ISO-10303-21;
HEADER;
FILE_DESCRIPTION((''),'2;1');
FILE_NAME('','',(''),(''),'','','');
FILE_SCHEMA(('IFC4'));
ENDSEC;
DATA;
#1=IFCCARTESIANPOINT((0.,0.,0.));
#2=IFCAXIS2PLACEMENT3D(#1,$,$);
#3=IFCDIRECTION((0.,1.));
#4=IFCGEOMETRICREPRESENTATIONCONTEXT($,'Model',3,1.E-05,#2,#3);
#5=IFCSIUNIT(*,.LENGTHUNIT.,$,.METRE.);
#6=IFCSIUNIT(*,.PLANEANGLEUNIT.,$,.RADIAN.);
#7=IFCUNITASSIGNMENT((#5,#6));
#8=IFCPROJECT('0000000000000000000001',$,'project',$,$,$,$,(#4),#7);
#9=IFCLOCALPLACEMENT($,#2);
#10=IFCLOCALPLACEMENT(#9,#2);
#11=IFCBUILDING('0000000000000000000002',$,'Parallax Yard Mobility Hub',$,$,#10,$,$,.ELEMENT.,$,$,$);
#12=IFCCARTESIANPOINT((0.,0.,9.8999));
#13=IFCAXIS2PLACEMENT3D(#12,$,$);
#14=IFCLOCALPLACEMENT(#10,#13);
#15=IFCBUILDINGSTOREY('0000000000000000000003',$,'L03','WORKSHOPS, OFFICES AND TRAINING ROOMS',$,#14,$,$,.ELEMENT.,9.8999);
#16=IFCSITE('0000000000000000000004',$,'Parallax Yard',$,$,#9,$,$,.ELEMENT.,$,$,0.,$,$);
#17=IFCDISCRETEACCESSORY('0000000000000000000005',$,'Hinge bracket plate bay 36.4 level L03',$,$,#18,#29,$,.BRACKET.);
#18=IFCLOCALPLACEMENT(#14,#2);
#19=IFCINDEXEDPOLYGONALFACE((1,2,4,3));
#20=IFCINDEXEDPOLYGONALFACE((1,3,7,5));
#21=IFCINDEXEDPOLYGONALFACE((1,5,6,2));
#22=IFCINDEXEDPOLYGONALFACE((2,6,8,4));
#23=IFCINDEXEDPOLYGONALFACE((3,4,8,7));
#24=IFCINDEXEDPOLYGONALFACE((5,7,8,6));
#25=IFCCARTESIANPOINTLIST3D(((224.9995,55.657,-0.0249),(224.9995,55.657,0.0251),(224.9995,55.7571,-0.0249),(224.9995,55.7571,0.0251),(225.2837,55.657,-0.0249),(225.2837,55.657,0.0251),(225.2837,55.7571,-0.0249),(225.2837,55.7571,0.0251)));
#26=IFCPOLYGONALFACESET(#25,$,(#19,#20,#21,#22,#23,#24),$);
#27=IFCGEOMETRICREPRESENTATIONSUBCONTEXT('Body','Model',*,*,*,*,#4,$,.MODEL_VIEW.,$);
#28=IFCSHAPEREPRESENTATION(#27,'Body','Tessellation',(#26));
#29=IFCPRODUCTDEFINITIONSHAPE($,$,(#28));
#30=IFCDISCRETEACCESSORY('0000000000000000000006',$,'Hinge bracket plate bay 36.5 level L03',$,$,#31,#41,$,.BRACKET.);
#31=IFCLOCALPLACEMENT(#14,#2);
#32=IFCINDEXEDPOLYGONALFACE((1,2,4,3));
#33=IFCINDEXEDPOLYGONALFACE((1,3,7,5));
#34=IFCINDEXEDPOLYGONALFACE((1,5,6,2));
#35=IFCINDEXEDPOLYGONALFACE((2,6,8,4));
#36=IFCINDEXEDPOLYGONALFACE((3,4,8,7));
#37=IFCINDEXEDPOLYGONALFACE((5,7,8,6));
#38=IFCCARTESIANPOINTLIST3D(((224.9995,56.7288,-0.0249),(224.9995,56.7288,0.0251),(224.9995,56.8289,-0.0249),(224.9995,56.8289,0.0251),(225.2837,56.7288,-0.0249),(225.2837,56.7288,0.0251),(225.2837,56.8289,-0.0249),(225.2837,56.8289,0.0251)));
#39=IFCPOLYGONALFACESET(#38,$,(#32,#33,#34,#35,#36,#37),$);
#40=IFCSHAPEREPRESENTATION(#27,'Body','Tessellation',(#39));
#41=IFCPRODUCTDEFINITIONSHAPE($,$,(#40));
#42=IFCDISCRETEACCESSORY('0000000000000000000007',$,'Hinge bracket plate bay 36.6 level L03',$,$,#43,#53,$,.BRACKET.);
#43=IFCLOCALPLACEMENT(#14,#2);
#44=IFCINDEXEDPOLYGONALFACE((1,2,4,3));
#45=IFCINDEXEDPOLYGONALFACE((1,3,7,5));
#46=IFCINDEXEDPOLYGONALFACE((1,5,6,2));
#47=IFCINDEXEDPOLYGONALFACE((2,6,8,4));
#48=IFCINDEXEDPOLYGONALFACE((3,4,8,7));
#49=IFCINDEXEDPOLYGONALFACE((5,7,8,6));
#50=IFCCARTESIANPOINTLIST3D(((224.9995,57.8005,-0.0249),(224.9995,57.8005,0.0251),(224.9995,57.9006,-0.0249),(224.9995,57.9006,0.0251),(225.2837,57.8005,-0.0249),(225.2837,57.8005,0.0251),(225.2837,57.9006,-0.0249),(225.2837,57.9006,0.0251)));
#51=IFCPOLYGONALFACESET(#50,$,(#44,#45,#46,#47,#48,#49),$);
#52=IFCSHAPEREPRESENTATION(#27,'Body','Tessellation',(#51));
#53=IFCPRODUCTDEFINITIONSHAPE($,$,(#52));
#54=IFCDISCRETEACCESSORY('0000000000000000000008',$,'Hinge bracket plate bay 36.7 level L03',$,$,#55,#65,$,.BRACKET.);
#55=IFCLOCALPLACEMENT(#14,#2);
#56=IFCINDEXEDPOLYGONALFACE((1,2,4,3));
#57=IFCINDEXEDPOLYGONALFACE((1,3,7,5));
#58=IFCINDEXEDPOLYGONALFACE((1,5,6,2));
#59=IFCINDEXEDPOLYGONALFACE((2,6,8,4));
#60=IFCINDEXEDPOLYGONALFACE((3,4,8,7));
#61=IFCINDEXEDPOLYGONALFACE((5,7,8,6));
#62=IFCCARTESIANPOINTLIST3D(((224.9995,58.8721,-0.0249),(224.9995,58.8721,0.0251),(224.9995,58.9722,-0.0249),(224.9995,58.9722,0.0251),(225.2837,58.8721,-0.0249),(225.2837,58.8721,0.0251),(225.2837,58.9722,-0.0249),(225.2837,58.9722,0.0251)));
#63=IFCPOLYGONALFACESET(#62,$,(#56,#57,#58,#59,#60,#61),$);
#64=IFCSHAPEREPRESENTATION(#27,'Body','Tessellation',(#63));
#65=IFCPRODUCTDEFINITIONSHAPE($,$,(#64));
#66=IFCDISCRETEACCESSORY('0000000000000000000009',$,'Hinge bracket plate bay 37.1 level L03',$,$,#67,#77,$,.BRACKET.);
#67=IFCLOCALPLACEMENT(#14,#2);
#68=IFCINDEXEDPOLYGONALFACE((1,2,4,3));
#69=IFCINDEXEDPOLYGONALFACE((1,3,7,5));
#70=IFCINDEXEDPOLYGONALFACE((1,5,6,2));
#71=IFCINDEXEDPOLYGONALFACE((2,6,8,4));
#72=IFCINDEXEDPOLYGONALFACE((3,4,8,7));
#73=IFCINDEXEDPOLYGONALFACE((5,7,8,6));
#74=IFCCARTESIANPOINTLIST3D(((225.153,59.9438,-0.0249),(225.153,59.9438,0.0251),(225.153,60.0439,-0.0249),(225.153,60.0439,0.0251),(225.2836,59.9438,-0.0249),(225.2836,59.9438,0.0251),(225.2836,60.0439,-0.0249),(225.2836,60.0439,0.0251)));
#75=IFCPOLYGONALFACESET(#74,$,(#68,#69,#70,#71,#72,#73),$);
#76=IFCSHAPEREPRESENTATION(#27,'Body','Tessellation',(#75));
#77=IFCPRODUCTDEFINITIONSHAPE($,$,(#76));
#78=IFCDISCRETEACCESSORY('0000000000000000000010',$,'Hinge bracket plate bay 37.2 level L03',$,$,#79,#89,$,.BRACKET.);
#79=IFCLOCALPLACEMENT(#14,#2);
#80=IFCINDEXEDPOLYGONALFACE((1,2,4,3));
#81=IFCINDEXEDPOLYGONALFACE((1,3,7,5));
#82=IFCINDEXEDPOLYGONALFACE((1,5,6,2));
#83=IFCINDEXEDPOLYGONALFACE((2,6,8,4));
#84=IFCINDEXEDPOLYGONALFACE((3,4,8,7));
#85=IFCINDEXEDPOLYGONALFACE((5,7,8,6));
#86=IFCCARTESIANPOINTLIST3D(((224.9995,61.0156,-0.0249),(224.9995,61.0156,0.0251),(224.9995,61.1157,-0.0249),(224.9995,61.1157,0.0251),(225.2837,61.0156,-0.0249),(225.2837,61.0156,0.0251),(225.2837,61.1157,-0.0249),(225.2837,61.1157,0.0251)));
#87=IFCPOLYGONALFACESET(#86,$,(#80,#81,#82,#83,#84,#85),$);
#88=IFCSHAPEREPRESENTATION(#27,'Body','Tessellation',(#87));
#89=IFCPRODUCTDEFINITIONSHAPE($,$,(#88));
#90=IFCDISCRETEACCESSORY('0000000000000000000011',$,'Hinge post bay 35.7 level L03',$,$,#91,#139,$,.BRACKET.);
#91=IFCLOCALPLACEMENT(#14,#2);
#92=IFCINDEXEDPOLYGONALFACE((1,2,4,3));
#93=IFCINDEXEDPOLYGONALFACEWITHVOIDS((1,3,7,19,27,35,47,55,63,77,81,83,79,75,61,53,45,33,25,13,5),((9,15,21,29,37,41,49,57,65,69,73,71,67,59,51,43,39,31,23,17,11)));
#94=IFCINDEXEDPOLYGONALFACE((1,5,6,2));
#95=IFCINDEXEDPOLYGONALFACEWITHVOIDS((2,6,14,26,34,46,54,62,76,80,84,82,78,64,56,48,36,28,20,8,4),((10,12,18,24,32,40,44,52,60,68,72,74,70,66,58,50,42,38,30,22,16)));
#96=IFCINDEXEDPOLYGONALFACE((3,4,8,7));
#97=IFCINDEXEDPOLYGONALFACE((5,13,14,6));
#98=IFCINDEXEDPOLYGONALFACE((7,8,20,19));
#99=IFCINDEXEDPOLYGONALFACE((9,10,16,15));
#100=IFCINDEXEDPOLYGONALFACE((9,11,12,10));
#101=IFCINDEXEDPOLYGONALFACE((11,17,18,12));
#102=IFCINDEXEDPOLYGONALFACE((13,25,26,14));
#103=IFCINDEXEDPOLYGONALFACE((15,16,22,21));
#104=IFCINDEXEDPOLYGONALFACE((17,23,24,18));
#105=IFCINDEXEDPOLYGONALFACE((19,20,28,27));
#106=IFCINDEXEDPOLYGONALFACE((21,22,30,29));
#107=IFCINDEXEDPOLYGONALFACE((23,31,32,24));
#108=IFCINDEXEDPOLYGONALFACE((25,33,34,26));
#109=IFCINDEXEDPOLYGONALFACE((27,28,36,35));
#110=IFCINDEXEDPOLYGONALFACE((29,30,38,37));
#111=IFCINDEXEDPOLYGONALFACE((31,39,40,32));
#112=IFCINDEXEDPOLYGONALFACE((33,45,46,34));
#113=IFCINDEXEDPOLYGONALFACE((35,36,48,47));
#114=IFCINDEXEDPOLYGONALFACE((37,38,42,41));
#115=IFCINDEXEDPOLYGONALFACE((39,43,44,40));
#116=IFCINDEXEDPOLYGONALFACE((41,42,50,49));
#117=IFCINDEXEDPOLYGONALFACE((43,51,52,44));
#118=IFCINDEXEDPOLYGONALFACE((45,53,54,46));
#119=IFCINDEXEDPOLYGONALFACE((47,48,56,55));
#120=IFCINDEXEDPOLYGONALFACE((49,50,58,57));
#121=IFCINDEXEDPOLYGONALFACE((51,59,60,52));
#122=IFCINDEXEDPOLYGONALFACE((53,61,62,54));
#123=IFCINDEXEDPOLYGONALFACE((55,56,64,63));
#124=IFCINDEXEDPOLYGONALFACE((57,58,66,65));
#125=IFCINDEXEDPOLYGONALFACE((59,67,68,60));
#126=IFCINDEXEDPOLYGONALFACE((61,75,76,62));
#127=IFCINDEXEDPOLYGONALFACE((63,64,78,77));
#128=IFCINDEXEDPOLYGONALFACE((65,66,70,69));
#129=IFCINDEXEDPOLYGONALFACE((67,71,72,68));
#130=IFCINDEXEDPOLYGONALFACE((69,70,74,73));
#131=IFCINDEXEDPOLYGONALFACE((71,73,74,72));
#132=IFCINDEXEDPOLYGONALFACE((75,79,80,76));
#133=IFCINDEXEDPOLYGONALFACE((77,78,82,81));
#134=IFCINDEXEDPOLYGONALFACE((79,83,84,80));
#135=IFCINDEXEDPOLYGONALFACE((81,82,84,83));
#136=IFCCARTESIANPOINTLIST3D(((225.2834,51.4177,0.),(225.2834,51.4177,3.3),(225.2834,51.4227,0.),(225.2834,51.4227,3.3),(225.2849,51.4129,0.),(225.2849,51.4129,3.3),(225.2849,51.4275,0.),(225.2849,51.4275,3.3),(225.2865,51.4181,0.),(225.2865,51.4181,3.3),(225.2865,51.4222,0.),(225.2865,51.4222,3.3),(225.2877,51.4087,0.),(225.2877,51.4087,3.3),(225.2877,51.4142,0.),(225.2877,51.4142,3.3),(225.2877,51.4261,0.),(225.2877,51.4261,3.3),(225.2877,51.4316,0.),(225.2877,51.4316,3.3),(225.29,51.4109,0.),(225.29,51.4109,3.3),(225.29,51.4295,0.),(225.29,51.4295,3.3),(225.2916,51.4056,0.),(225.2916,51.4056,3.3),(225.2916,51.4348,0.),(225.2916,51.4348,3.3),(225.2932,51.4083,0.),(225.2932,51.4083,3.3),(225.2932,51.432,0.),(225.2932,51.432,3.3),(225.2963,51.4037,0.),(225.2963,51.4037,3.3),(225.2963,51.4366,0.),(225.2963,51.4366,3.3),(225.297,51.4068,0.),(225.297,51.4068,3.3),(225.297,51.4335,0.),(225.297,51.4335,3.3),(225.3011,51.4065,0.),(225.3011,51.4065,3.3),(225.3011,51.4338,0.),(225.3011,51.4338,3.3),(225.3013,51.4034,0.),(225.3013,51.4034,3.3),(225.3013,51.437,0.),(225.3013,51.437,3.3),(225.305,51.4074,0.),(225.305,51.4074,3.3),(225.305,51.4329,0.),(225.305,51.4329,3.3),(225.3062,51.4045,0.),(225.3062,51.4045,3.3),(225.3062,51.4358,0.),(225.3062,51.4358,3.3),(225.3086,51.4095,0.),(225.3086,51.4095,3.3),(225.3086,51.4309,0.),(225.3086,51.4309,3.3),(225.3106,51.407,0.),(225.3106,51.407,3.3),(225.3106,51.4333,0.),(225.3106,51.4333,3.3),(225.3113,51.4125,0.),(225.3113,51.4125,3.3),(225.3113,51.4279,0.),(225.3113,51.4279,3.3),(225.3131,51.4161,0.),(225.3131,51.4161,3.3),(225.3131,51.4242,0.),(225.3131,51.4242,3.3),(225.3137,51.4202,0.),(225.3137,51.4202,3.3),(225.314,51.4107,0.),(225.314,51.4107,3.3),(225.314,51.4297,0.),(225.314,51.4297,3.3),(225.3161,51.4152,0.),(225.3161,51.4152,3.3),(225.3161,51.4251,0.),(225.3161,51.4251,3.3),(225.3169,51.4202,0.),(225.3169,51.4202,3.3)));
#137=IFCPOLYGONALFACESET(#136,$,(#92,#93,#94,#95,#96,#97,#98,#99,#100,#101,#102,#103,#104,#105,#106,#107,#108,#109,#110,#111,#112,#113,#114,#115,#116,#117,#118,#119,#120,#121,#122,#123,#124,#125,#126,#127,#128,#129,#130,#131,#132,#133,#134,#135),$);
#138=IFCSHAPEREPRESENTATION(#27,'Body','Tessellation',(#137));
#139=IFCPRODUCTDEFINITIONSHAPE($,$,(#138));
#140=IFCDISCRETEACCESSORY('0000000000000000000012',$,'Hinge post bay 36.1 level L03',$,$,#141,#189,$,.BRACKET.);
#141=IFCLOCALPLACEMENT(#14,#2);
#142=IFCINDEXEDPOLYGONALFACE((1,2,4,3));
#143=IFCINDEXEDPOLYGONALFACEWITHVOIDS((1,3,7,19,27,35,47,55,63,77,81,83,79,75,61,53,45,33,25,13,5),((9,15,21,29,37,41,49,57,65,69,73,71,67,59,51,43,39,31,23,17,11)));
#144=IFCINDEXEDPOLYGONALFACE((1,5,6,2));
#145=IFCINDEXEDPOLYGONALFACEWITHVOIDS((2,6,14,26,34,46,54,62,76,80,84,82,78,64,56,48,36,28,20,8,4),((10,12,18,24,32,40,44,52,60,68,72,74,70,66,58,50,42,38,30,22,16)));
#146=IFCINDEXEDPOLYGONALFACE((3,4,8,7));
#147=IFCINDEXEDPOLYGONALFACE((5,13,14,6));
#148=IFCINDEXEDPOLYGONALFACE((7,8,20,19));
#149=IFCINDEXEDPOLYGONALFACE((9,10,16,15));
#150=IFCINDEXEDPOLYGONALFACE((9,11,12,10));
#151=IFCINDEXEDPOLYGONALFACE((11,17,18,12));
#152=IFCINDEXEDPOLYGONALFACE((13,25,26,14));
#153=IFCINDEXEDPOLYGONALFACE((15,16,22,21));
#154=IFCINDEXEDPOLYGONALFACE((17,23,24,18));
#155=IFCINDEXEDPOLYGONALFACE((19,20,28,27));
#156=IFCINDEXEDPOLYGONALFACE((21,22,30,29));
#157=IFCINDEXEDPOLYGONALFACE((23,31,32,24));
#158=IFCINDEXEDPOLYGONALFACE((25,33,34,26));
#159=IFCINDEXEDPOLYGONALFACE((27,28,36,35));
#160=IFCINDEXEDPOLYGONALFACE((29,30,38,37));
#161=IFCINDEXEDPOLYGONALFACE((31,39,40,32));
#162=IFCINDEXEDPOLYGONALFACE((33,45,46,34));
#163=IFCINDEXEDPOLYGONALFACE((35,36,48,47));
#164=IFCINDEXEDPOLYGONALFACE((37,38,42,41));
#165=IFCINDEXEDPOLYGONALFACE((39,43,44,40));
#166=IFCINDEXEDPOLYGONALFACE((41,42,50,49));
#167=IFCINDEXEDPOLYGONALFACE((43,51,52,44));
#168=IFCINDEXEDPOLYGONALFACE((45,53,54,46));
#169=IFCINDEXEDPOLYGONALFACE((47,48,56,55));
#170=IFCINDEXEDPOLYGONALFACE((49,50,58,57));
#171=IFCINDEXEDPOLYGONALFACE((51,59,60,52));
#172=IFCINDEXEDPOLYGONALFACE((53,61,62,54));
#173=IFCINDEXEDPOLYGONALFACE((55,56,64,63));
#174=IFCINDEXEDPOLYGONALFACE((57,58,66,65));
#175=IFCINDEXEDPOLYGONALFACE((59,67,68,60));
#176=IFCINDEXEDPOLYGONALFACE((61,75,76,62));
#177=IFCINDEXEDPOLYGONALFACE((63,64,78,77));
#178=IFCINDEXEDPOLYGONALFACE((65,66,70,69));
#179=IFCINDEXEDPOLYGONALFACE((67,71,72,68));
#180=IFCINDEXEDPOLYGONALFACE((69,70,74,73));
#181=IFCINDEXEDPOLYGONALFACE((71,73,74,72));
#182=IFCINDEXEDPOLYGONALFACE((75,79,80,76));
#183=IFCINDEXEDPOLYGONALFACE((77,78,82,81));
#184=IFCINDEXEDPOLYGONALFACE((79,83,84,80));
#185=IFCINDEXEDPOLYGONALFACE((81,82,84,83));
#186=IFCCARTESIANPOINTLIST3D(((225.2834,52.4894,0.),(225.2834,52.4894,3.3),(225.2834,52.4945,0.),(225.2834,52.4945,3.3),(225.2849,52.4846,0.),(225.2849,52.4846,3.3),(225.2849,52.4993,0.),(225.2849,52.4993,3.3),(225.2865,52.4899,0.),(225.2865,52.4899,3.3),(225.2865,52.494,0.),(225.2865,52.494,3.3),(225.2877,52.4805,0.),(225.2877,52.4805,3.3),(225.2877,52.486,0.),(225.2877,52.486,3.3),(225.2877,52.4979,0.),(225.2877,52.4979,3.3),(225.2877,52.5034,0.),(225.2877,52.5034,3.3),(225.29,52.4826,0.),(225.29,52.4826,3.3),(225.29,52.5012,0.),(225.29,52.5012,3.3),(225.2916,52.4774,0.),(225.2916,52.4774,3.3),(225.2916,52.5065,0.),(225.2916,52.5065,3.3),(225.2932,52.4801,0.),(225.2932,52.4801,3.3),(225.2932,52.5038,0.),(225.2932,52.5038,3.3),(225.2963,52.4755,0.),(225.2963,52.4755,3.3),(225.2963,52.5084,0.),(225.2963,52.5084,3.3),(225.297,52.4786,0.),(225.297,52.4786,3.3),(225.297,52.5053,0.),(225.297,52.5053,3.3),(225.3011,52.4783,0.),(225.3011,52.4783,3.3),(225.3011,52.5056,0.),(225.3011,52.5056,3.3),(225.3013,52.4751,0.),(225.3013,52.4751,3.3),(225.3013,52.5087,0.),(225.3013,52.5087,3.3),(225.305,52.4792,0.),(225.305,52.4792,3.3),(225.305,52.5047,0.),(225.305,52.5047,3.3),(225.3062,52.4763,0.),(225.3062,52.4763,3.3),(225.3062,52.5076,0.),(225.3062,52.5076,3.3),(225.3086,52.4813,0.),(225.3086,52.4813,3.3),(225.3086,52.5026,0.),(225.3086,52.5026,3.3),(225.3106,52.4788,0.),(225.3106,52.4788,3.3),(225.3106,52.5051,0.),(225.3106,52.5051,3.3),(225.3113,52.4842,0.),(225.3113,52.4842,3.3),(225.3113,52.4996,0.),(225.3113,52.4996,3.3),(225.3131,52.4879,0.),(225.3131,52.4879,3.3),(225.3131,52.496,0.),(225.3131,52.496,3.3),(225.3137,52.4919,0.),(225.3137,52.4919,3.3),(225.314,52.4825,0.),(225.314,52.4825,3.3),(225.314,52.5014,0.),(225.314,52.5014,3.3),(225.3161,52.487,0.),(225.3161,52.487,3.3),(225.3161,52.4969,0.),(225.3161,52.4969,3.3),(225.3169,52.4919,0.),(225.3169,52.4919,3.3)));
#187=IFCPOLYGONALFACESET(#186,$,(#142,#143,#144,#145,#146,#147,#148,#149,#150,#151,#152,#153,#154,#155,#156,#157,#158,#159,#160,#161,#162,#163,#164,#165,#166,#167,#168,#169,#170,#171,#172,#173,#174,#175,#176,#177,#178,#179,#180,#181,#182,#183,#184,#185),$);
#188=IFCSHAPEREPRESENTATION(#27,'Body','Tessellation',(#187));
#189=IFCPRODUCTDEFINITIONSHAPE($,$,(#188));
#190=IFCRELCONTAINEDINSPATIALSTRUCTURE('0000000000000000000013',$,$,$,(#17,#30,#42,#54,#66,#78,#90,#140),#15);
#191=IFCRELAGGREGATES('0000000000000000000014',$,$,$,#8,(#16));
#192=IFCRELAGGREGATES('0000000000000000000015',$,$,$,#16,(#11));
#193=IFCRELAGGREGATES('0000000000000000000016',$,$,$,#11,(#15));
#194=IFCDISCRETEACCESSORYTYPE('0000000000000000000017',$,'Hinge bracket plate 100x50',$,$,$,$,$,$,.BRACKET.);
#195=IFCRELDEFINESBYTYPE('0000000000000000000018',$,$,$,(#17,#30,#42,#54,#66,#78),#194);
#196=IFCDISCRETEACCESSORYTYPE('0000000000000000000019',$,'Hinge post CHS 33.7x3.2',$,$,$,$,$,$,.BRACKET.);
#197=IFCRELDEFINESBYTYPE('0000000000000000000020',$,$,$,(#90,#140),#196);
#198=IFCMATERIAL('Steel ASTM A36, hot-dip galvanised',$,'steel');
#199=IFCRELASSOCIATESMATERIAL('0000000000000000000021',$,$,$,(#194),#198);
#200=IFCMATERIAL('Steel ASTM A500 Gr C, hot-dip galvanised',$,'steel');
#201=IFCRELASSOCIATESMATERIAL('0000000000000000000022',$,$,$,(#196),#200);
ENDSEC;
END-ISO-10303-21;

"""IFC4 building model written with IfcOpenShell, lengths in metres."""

from ifc_helpers import new_model, si_unit, direction, frame, origin, origin_2d, place, context, subcontext, project, spatial, rectangle, hollow_circle, extrude, material, material_profile, profile_set, type_object, element, save


model = new_model("IFC4")

# Units and contexts
model_context = context("Model", 3, precision=1e-05, world=origin(), true_north=direction((0.0, 1.0)))
body_context = subcontext(model_context, "Body", "Model", "MODEL_VIEW")
ifc_project = project(units=[si_unit("LENGTHUNIT", "METRE"), si_unit("PLANEANGLEUNIT", "RADIAN")], contexts=[model_context])

# Site, building, storey
site_placement = place(None, origin())
site = spatial("IfcSite", under=ifc_project, at=site_placement, Name="Parallax Yard", CompositionType="ELEMENT", RefElevation=0.0)
building_placement = place(site_placement, origin())
building = spatial("IfcBuilding", under=site, at=building_placement, Name="Parallax Yard Mobility Hub", CompositionType="ELEMENT")
storey_placement = place(building_placement, frame((0.0, 0.0, 9.8999)))
storey = spatial("IfcBuildingStorey", under=building, at=storey_placement, Name="L03", Description="WORKSHOPS, OFFICES AND TRAINING ROOMS", CompositionType="ELEMENT", Elevation=9.8999)

# Discrete accessories
ifc_material_1 = material(Name="Steel ASTM A36, hot-dip galvanised", Category="steel")
discrete_accessory_type_1 = type_object("IfcDiscreteAccessoryType", Name="Hinge bracket plate 100x50", PredefinedType="BRACKET", material=ifc_material_1)
for number, where, z_axis, x_axis, name in (
    (1, (225.1416, 55.707, -0.0249), (0.0, 0.0, 1.0), (1.0, 0.0, 0.0), "Hinge bracket plate bay 36.4 level L03"),
    (2, (225.1416, 56.7788, -0.0249), (0.0, 0.0, 1.0), (1.0, 0.0, 0.0), "Hinge bracket plate bay 36.5 level L03"),
    (3, (225.1416, 57.8506, -0.0249), (0.0, 0.0, 1.0), (1.0, 0.0, 0.0), "Hinge bracket plate bay 36.6 level L03"),
    (4, (225.1416, 58.9221, -0.0249), (0.0, 0.0, 1.0), (1.0, 0.0, 0.0), "Hinge bracket plate bay 36.7 level L03"),
):
    element("IfcDiscreteAccessory", number, at=place(storey_placement, frame(where, z_axis=z_axis, x_axis=x_axis)), inside=storey, type_object=discrete_accessory_type_1, Name=name, PredefinedType="BRACKET", context=body_context, shape_type="SweptSolid", body=[
        extrude(rectangle(XDim=0.2842, YDim=0.1001, at=origin_2d()), origin(), (0.0, 0.0, 1.0), 0.05),
    ])
discrete_accessory_1_placement = place(storey_placement, frame((225.2183, 59.9939, -0.0249), z_axis=(0.0, 0.0, 1.0), x_axis=(1.0, 0.0, 0.0)))
element("IfcDiscreteAccessory", 5, at=discrete_accessory_1_placement, inside=storey, type_object=discrete_accessory_type_1, Name="Hinge bracket plate bay 37.1 level L03", PredefinedType="BRACKET", context=body_context, shape_type="SweptSolid", body=[
    extrude(rectangle(XDim=0.1306, YDim=0.1001, at=origin_2d()), origin(), (0.0, 0.0, 1.0), 0.05),
])
discrete_accessory_2_placement = place(storey_placement, frame((225.1416, 61.0657, -0.0249), z_axis=(0.0, 0.0, 1.0), x_axis=(1.0, 0.0, 0.0)))
element("IfcDiscreteAccessory", 6, at=discrete_accessory_2_placement, inside=storey, type_object=discrete_accessory_type_1, Name="Hinge bracket plate bay 37.2 level L03", PredefinedType="BRACKET", context=body_context, shape_type="SweptSolid", body=[
    extrude(rectangle(XDim=0.2842, YDim=0.1001, at=origin_2d()), origin(), (0.0, 0.0, 1.0), 0.05),
])
ifc_material_2 = material(Name="Steel ASTM A500 Gr C, hot-dip galvanised", Category="steel")
ifc_material_profile_1 = material_profile(ifc_material_2, hollow_circle(Radius=0.0168, WallThickness=0.0032, at=origin_2d()), Name="CHS 33.7x3.2")
ifc_profile_set_1 = profile_set([ifc_material_profile_1], Name="Steel ASTM A500 Gr C, hot-dip galvanised")
discrete_accessory_type_2 = type_object("IfcDiscreteAccessoryType", Name="Hinge post CHS 33.7x3.2", PredefinedType="BRACKET", material=ifc_profile_set_1)
for number, where, z_axis, x_axis, name in (
    (7, (225.3, 51.4202, 0.0), (0.0, 0.0, 1.0), (1.0, 0.0, 0.0), "Hinge post bay 35.7 level L03"),
    (8, (225.3, 52.4919, 0.0), (0.0, 0.0, 1.0), (1.0, 0.0, 0.0), "Hinge post bay 36.1 level L03"),
):
    element("IfcDiscreteAccessory", number, at=place(storey_placement, frame(where, z_axis=z_axis, x_axis=x_axis)), inside=storey, type_object=discrete_accessory_type_2, Name=name, PredefinedType="BRACKET", context=body_context, shape_type="SweptSolid", body=[
        extrude(hollow_circle(Radius=0.0168, WallThickness=0.0032, at=origin_2d()), origin(), (0.0, 0.0, 1.0), 3.3),
    ])

save(model, "model.ifc")
